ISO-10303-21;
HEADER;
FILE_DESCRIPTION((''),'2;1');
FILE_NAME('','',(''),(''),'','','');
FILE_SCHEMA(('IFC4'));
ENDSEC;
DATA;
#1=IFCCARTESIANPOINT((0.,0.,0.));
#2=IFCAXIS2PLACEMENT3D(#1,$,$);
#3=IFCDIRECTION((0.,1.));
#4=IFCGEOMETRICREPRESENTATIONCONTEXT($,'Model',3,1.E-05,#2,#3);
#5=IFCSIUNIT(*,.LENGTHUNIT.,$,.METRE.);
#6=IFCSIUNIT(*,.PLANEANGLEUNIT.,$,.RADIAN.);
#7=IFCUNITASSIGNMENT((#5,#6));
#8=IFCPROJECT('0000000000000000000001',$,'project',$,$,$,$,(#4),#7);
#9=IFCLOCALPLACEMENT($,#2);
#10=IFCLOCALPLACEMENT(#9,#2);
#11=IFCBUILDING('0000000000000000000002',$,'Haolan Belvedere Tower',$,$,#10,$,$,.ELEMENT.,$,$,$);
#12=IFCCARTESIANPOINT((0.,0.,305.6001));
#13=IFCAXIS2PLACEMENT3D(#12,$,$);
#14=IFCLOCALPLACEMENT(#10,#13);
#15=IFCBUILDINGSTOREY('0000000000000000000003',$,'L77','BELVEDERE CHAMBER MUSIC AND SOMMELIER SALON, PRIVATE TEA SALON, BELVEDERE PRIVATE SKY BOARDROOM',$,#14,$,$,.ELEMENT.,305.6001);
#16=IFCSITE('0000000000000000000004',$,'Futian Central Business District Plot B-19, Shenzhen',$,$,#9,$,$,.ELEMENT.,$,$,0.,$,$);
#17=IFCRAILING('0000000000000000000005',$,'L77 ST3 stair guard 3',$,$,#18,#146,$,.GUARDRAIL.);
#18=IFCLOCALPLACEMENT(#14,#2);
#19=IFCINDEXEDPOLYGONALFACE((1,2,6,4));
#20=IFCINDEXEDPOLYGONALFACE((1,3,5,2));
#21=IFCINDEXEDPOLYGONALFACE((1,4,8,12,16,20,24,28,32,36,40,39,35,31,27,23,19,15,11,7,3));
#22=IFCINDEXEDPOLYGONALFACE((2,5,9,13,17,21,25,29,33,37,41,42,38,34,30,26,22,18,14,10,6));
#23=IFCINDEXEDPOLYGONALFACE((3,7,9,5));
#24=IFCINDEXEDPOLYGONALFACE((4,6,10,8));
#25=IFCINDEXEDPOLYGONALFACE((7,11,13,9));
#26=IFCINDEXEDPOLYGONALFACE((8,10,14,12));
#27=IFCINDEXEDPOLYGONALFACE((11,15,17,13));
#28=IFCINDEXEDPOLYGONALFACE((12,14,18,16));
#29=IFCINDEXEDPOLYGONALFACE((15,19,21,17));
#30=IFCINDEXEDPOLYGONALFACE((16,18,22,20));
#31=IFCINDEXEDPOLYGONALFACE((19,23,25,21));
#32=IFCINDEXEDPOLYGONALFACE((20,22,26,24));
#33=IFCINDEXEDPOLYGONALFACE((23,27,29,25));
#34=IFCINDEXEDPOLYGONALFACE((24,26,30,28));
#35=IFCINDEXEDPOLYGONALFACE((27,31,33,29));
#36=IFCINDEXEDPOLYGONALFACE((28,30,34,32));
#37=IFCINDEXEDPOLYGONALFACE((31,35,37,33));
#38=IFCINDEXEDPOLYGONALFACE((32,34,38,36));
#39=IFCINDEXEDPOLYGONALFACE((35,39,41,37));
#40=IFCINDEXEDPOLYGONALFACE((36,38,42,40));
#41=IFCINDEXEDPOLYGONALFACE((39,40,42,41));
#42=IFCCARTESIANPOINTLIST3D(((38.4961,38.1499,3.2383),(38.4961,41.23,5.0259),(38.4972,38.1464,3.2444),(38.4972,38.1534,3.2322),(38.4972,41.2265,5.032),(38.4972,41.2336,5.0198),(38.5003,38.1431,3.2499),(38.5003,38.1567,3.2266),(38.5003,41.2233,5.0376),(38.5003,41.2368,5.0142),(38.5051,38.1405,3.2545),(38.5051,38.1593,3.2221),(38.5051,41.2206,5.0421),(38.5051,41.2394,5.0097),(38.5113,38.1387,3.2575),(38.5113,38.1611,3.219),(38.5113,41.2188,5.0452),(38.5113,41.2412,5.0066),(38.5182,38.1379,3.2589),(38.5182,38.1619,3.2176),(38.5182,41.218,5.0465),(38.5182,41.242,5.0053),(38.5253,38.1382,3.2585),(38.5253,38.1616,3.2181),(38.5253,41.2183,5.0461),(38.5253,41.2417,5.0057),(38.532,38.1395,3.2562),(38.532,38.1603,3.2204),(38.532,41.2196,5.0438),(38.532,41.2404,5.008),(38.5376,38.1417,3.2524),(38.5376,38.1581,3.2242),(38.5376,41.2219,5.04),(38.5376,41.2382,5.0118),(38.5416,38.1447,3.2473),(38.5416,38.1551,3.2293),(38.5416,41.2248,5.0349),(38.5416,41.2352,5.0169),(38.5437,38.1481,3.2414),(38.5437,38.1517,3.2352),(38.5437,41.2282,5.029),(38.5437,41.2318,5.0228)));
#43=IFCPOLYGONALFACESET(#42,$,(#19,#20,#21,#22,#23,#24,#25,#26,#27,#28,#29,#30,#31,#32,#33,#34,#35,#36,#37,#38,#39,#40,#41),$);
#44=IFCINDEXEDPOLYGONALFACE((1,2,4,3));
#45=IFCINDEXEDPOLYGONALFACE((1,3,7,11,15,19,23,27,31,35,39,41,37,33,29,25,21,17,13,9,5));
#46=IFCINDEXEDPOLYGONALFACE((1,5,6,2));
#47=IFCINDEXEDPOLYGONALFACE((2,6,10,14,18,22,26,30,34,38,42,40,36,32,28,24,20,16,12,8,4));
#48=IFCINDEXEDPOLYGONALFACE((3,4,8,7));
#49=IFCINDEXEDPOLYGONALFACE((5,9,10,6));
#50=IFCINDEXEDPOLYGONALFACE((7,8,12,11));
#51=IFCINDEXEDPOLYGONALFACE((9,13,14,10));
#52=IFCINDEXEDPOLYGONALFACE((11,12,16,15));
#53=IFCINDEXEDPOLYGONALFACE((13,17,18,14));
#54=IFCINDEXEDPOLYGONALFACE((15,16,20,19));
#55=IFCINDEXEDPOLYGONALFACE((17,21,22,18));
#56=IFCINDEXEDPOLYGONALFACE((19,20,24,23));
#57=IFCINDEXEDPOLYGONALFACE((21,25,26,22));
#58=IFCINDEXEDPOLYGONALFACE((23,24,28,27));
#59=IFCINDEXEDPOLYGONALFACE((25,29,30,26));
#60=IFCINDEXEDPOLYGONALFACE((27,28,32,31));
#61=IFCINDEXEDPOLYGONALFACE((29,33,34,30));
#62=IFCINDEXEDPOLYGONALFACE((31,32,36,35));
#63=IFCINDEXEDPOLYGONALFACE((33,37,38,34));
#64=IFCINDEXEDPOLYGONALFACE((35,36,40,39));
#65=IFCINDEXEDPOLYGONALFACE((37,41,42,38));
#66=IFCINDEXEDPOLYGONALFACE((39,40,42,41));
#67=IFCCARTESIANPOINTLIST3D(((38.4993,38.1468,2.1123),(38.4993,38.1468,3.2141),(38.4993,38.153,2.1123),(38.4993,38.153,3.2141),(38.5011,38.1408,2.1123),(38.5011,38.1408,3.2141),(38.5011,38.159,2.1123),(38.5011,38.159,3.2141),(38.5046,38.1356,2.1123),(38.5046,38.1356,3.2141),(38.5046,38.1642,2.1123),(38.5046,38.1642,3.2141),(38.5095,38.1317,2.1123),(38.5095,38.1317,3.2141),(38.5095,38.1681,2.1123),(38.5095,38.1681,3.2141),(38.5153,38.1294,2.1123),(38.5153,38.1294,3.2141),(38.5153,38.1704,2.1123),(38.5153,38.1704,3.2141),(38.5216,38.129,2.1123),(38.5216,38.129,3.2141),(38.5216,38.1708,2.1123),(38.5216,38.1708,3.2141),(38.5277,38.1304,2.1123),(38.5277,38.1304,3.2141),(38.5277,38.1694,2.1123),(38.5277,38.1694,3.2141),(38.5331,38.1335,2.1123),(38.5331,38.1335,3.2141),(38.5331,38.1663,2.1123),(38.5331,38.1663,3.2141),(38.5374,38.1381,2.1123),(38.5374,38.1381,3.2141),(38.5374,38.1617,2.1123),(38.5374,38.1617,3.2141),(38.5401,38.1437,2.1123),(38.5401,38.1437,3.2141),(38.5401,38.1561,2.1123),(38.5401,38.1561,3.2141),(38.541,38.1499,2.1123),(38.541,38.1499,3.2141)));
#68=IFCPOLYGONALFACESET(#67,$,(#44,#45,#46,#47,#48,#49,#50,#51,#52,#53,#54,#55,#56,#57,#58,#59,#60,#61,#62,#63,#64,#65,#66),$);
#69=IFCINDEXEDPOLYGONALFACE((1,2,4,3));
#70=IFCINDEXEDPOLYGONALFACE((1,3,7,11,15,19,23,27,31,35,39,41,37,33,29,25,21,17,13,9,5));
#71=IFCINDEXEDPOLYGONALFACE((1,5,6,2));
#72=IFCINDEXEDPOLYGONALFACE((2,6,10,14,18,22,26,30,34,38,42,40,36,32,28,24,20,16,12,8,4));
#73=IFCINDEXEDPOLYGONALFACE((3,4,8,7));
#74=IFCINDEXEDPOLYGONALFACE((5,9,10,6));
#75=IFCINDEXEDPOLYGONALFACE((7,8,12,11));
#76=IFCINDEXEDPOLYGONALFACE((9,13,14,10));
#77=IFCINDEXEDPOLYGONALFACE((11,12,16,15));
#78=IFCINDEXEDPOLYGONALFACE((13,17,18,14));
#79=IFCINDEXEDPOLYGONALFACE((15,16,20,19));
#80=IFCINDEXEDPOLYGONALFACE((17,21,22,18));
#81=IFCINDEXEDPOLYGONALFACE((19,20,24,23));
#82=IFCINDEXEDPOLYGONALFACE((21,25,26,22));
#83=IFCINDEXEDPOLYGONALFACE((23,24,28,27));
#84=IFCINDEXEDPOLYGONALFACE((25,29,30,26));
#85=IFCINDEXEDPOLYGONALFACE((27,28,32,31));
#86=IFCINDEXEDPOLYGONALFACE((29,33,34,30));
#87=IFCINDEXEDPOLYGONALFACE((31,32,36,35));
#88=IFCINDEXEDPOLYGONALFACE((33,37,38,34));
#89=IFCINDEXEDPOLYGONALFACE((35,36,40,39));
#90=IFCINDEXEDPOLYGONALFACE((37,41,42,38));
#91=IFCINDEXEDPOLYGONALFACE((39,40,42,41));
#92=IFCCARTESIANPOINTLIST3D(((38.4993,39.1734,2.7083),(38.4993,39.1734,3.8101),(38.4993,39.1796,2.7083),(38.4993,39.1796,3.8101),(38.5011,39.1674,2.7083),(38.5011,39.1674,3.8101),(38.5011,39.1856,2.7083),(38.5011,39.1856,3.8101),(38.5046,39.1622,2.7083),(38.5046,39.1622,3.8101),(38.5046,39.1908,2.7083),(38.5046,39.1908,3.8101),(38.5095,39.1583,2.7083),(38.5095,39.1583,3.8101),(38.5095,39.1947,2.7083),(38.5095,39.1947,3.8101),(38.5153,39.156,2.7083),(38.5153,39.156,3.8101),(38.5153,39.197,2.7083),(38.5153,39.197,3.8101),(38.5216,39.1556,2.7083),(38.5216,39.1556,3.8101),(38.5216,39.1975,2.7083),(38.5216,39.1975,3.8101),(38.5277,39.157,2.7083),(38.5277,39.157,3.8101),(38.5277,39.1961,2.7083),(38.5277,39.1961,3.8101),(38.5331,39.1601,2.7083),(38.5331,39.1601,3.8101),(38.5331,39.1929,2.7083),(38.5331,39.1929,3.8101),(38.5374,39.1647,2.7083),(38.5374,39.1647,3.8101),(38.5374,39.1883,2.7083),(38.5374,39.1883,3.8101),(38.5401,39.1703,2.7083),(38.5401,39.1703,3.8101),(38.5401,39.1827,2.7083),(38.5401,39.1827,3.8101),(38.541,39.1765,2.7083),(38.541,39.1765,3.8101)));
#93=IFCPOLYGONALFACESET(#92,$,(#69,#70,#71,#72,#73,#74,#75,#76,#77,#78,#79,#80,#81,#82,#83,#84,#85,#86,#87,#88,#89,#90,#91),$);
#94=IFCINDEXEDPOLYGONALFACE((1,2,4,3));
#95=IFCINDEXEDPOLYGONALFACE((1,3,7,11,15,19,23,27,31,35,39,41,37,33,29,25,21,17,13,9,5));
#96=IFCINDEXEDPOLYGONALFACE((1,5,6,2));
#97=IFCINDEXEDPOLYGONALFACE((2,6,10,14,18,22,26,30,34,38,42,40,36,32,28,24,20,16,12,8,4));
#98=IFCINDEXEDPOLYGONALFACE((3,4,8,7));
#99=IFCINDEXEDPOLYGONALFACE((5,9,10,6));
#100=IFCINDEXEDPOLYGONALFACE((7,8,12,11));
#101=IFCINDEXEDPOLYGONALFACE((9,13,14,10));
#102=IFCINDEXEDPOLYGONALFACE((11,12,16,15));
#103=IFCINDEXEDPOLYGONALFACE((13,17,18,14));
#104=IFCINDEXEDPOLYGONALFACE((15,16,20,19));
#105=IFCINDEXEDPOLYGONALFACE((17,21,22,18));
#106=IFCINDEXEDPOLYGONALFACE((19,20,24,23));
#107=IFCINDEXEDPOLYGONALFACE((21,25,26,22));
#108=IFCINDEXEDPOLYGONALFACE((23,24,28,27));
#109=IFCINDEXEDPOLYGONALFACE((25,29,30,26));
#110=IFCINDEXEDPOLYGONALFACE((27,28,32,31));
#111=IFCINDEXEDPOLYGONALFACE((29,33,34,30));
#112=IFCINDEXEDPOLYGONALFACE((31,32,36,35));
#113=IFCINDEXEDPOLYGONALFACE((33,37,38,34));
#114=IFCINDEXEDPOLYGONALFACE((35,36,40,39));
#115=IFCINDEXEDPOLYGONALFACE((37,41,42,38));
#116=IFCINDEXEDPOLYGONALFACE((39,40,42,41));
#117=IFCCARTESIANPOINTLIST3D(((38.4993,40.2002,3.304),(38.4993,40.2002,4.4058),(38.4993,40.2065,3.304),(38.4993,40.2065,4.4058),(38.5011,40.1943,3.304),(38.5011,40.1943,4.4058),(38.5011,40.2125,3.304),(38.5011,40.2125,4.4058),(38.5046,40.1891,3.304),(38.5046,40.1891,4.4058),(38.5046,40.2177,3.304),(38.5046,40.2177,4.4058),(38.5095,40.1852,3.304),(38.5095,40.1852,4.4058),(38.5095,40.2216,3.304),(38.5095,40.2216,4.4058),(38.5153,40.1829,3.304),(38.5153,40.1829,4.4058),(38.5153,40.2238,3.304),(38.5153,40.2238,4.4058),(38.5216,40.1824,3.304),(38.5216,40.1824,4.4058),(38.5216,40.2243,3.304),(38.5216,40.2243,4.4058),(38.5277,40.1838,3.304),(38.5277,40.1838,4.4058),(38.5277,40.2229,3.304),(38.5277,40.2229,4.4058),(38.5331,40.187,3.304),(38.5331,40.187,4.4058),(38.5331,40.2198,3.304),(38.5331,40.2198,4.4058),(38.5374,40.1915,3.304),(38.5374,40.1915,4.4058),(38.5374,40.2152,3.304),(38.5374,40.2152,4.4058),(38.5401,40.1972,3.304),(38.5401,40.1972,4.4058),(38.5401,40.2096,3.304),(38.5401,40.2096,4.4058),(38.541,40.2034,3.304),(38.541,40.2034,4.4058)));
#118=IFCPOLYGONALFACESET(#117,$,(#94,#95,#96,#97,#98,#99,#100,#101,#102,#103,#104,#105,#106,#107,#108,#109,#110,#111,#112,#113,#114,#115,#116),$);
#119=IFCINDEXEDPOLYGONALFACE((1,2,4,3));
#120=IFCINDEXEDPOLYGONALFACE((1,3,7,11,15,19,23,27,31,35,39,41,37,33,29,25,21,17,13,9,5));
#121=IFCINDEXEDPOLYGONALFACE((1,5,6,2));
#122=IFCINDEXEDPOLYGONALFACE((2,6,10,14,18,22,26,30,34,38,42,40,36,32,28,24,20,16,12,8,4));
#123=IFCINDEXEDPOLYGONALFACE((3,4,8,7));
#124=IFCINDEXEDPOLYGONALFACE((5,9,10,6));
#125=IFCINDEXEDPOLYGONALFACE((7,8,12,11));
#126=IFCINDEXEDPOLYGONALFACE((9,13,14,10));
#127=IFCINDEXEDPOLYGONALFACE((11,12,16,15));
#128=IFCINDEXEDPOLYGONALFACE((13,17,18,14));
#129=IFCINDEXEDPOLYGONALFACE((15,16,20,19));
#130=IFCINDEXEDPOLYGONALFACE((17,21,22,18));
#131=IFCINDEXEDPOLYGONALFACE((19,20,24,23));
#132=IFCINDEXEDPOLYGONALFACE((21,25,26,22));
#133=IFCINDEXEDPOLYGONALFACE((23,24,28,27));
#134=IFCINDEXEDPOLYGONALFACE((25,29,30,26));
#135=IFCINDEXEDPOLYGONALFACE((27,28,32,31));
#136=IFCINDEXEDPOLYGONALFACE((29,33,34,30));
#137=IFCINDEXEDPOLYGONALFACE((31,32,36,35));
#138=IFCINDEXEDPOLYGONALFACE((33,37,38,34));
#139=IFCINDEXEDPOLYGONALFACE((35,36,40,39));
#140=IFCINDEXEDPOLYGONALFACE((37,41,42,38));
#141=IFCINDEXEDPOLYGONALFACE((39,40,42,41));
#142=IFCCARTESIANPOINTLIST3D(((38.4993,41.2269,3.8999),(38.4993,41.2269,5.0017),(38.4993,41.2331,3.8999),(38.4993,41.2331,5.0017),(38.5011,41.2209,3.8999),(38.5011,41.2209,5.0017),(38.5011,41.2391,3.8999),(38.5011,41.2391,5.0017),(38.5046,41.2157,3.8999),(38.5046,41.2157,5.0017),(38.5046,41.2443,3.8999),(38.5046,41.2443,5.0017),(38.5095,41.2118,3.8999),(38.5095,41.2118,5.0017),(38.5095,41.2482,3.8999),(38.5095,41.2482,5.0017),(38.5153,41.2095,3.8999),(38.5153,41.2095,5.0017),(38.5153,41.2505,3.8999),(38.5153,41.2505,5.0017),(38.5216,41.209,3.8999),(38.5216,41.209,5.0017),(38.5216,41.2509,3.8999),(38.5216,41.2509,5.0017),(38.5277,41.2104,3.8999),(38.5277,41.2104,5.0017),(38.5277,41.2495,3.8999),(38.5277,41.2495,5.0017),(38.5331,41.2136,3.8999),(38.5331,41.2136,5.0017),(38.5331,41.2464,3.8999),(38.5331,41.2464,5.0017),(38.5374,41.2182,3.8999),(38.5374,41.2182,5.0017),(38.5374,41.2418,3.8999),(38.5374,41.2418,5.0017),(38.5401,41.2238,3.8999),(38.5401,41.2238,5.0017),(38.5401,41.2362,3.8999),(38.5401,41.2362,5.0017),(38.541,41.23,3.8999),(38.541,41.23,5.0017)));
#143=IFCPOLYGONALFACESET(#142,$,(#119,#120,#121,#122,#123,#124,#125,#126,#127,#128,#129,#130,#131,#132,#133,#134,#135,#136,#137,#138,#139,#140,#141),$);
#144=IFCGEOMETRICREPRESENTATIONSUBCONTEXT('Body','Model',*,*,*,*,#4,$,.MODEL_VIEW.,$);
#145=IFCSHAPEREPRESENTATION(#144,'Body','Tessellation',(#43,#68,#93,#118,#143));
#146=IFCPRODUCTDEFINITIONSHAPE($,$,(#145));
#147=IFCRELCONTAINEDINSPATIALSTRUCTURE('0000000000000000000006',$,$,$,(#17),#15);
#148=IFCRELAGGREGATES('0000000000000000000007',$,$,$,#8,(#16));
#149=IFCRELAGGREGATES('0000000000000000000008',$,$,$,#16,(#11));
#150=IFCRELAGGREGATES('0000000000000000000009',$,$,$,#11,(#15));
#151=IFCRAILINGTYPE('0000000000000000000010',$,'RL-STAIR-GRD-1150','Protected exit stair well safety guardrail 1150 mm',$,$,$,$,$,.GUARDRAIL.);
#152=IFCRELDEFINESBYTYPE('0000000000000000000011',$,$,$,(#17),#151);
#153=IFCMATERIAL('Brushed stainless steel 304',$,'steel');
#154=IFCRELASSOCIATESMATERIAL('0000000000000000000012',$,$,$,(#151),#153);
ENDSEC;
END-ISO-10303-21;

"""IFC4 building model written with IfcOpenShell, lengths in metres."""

from ifc_helpers import new_model, si_unit, direction, frame, origin, origin_2d, place, context, subcontext, project, spatial, circle, extrude, material, type_object, element, save


model = new_model("IFC4")

# Units and contexts
model_context = context("Model", 3, precision=1e-05, world=origin(), true_north=direction((0.0, 1.0)))
body_context = subcontext(model_context, "Body", "Model", "MODEL_VIEW")
ifc_project = project(units=[si_unit("LENGTHUNIT", "METRE"), si_unit("PLANEANGLEUNIT", "RADIAN")], contexts=[model_context])

# Site, building, storey
site_placement = place(None, origin())
site = spatial("IfcSite", under=ifc_project, at=site_placement, Name="Futian Central Business District Plot B-19, Shenzhen", CompositionType="ELEMENT", RefElevation=0.0)
building_placement = place(site_placement, origin())
building = spatial("IfcBuilding", under=site, at=building_placement, Name="Haolan Belvedere Tower", CompositionType="ELEMENT")
storey_placement = place(building_placement, frame((0.0, 0.0, 305.6001)))
storey = spatial("IfcBuildingStorey", under=building, at=storey_placement, Name="L77", Description="BELVEDERE CHAMBER MUSIC AND SOMMELIER SALON, PRIVATE TEA SALON, BELVEDERE PRIVATE SKY BOARDROOM", CompositionType="ELEMENT", Elevation=305.6001)

# Railing
ifc_material_1 = material(Name="Brushed stainless steel 304", Category="steel")
railing_type_1 = type_object("IfcRailingType", Name="RL-STAIR-GRD-1150", Description="Protected exit stair well safety guardrail 1150 mm", PredefinedType="GUARDRAIL", material=ifc_material_1)
railing_1_placement = place(storey_placement, frame((38.52, 38.1499, 2.1123)))
element("IfcRailing", 1, at=railing_1_placement, inside=storey, type_object=railing_type_1, Name="L77 ST3 stair guard 3", PredefinedType="GUARDRAIL", context=body_context, shape_type="SweptSolid", body=[
    extrude(circle(Radius=0.0239, at=origin_2d()), frame((0.0, 0.0, 1.126), z_axis=(0.0, 0.864891, 0.50196), x_axis=(-1.0, 0.0, 0.0)), (0.0, 0.0, 1.0), 3.5613),
    extrude(circle(Radius=0.021, at=origin_2d()), origin(), (0.0, 0.0, 1.0), 1.1018),
    extrude(circle(Radius=0.021, at=origin_2d()), frame((0.0, 1.0266, 0.5959)), (0.0, 0.0, 1.0), 1.1018),
    extrude(circle(Radius=0.021, at=origin_2d()), frame((0.0, 2.0535, 1.1917)), (0.0, 0.0, 1.0), 1.1018),
    extrude(circle(Radius=0.021, at=origin_2d()), frame((0.0, 3.0801, 1.7876)), (0.0, 0.0, 1.0), 1.1018),
])

save(model, "model.ifc")
